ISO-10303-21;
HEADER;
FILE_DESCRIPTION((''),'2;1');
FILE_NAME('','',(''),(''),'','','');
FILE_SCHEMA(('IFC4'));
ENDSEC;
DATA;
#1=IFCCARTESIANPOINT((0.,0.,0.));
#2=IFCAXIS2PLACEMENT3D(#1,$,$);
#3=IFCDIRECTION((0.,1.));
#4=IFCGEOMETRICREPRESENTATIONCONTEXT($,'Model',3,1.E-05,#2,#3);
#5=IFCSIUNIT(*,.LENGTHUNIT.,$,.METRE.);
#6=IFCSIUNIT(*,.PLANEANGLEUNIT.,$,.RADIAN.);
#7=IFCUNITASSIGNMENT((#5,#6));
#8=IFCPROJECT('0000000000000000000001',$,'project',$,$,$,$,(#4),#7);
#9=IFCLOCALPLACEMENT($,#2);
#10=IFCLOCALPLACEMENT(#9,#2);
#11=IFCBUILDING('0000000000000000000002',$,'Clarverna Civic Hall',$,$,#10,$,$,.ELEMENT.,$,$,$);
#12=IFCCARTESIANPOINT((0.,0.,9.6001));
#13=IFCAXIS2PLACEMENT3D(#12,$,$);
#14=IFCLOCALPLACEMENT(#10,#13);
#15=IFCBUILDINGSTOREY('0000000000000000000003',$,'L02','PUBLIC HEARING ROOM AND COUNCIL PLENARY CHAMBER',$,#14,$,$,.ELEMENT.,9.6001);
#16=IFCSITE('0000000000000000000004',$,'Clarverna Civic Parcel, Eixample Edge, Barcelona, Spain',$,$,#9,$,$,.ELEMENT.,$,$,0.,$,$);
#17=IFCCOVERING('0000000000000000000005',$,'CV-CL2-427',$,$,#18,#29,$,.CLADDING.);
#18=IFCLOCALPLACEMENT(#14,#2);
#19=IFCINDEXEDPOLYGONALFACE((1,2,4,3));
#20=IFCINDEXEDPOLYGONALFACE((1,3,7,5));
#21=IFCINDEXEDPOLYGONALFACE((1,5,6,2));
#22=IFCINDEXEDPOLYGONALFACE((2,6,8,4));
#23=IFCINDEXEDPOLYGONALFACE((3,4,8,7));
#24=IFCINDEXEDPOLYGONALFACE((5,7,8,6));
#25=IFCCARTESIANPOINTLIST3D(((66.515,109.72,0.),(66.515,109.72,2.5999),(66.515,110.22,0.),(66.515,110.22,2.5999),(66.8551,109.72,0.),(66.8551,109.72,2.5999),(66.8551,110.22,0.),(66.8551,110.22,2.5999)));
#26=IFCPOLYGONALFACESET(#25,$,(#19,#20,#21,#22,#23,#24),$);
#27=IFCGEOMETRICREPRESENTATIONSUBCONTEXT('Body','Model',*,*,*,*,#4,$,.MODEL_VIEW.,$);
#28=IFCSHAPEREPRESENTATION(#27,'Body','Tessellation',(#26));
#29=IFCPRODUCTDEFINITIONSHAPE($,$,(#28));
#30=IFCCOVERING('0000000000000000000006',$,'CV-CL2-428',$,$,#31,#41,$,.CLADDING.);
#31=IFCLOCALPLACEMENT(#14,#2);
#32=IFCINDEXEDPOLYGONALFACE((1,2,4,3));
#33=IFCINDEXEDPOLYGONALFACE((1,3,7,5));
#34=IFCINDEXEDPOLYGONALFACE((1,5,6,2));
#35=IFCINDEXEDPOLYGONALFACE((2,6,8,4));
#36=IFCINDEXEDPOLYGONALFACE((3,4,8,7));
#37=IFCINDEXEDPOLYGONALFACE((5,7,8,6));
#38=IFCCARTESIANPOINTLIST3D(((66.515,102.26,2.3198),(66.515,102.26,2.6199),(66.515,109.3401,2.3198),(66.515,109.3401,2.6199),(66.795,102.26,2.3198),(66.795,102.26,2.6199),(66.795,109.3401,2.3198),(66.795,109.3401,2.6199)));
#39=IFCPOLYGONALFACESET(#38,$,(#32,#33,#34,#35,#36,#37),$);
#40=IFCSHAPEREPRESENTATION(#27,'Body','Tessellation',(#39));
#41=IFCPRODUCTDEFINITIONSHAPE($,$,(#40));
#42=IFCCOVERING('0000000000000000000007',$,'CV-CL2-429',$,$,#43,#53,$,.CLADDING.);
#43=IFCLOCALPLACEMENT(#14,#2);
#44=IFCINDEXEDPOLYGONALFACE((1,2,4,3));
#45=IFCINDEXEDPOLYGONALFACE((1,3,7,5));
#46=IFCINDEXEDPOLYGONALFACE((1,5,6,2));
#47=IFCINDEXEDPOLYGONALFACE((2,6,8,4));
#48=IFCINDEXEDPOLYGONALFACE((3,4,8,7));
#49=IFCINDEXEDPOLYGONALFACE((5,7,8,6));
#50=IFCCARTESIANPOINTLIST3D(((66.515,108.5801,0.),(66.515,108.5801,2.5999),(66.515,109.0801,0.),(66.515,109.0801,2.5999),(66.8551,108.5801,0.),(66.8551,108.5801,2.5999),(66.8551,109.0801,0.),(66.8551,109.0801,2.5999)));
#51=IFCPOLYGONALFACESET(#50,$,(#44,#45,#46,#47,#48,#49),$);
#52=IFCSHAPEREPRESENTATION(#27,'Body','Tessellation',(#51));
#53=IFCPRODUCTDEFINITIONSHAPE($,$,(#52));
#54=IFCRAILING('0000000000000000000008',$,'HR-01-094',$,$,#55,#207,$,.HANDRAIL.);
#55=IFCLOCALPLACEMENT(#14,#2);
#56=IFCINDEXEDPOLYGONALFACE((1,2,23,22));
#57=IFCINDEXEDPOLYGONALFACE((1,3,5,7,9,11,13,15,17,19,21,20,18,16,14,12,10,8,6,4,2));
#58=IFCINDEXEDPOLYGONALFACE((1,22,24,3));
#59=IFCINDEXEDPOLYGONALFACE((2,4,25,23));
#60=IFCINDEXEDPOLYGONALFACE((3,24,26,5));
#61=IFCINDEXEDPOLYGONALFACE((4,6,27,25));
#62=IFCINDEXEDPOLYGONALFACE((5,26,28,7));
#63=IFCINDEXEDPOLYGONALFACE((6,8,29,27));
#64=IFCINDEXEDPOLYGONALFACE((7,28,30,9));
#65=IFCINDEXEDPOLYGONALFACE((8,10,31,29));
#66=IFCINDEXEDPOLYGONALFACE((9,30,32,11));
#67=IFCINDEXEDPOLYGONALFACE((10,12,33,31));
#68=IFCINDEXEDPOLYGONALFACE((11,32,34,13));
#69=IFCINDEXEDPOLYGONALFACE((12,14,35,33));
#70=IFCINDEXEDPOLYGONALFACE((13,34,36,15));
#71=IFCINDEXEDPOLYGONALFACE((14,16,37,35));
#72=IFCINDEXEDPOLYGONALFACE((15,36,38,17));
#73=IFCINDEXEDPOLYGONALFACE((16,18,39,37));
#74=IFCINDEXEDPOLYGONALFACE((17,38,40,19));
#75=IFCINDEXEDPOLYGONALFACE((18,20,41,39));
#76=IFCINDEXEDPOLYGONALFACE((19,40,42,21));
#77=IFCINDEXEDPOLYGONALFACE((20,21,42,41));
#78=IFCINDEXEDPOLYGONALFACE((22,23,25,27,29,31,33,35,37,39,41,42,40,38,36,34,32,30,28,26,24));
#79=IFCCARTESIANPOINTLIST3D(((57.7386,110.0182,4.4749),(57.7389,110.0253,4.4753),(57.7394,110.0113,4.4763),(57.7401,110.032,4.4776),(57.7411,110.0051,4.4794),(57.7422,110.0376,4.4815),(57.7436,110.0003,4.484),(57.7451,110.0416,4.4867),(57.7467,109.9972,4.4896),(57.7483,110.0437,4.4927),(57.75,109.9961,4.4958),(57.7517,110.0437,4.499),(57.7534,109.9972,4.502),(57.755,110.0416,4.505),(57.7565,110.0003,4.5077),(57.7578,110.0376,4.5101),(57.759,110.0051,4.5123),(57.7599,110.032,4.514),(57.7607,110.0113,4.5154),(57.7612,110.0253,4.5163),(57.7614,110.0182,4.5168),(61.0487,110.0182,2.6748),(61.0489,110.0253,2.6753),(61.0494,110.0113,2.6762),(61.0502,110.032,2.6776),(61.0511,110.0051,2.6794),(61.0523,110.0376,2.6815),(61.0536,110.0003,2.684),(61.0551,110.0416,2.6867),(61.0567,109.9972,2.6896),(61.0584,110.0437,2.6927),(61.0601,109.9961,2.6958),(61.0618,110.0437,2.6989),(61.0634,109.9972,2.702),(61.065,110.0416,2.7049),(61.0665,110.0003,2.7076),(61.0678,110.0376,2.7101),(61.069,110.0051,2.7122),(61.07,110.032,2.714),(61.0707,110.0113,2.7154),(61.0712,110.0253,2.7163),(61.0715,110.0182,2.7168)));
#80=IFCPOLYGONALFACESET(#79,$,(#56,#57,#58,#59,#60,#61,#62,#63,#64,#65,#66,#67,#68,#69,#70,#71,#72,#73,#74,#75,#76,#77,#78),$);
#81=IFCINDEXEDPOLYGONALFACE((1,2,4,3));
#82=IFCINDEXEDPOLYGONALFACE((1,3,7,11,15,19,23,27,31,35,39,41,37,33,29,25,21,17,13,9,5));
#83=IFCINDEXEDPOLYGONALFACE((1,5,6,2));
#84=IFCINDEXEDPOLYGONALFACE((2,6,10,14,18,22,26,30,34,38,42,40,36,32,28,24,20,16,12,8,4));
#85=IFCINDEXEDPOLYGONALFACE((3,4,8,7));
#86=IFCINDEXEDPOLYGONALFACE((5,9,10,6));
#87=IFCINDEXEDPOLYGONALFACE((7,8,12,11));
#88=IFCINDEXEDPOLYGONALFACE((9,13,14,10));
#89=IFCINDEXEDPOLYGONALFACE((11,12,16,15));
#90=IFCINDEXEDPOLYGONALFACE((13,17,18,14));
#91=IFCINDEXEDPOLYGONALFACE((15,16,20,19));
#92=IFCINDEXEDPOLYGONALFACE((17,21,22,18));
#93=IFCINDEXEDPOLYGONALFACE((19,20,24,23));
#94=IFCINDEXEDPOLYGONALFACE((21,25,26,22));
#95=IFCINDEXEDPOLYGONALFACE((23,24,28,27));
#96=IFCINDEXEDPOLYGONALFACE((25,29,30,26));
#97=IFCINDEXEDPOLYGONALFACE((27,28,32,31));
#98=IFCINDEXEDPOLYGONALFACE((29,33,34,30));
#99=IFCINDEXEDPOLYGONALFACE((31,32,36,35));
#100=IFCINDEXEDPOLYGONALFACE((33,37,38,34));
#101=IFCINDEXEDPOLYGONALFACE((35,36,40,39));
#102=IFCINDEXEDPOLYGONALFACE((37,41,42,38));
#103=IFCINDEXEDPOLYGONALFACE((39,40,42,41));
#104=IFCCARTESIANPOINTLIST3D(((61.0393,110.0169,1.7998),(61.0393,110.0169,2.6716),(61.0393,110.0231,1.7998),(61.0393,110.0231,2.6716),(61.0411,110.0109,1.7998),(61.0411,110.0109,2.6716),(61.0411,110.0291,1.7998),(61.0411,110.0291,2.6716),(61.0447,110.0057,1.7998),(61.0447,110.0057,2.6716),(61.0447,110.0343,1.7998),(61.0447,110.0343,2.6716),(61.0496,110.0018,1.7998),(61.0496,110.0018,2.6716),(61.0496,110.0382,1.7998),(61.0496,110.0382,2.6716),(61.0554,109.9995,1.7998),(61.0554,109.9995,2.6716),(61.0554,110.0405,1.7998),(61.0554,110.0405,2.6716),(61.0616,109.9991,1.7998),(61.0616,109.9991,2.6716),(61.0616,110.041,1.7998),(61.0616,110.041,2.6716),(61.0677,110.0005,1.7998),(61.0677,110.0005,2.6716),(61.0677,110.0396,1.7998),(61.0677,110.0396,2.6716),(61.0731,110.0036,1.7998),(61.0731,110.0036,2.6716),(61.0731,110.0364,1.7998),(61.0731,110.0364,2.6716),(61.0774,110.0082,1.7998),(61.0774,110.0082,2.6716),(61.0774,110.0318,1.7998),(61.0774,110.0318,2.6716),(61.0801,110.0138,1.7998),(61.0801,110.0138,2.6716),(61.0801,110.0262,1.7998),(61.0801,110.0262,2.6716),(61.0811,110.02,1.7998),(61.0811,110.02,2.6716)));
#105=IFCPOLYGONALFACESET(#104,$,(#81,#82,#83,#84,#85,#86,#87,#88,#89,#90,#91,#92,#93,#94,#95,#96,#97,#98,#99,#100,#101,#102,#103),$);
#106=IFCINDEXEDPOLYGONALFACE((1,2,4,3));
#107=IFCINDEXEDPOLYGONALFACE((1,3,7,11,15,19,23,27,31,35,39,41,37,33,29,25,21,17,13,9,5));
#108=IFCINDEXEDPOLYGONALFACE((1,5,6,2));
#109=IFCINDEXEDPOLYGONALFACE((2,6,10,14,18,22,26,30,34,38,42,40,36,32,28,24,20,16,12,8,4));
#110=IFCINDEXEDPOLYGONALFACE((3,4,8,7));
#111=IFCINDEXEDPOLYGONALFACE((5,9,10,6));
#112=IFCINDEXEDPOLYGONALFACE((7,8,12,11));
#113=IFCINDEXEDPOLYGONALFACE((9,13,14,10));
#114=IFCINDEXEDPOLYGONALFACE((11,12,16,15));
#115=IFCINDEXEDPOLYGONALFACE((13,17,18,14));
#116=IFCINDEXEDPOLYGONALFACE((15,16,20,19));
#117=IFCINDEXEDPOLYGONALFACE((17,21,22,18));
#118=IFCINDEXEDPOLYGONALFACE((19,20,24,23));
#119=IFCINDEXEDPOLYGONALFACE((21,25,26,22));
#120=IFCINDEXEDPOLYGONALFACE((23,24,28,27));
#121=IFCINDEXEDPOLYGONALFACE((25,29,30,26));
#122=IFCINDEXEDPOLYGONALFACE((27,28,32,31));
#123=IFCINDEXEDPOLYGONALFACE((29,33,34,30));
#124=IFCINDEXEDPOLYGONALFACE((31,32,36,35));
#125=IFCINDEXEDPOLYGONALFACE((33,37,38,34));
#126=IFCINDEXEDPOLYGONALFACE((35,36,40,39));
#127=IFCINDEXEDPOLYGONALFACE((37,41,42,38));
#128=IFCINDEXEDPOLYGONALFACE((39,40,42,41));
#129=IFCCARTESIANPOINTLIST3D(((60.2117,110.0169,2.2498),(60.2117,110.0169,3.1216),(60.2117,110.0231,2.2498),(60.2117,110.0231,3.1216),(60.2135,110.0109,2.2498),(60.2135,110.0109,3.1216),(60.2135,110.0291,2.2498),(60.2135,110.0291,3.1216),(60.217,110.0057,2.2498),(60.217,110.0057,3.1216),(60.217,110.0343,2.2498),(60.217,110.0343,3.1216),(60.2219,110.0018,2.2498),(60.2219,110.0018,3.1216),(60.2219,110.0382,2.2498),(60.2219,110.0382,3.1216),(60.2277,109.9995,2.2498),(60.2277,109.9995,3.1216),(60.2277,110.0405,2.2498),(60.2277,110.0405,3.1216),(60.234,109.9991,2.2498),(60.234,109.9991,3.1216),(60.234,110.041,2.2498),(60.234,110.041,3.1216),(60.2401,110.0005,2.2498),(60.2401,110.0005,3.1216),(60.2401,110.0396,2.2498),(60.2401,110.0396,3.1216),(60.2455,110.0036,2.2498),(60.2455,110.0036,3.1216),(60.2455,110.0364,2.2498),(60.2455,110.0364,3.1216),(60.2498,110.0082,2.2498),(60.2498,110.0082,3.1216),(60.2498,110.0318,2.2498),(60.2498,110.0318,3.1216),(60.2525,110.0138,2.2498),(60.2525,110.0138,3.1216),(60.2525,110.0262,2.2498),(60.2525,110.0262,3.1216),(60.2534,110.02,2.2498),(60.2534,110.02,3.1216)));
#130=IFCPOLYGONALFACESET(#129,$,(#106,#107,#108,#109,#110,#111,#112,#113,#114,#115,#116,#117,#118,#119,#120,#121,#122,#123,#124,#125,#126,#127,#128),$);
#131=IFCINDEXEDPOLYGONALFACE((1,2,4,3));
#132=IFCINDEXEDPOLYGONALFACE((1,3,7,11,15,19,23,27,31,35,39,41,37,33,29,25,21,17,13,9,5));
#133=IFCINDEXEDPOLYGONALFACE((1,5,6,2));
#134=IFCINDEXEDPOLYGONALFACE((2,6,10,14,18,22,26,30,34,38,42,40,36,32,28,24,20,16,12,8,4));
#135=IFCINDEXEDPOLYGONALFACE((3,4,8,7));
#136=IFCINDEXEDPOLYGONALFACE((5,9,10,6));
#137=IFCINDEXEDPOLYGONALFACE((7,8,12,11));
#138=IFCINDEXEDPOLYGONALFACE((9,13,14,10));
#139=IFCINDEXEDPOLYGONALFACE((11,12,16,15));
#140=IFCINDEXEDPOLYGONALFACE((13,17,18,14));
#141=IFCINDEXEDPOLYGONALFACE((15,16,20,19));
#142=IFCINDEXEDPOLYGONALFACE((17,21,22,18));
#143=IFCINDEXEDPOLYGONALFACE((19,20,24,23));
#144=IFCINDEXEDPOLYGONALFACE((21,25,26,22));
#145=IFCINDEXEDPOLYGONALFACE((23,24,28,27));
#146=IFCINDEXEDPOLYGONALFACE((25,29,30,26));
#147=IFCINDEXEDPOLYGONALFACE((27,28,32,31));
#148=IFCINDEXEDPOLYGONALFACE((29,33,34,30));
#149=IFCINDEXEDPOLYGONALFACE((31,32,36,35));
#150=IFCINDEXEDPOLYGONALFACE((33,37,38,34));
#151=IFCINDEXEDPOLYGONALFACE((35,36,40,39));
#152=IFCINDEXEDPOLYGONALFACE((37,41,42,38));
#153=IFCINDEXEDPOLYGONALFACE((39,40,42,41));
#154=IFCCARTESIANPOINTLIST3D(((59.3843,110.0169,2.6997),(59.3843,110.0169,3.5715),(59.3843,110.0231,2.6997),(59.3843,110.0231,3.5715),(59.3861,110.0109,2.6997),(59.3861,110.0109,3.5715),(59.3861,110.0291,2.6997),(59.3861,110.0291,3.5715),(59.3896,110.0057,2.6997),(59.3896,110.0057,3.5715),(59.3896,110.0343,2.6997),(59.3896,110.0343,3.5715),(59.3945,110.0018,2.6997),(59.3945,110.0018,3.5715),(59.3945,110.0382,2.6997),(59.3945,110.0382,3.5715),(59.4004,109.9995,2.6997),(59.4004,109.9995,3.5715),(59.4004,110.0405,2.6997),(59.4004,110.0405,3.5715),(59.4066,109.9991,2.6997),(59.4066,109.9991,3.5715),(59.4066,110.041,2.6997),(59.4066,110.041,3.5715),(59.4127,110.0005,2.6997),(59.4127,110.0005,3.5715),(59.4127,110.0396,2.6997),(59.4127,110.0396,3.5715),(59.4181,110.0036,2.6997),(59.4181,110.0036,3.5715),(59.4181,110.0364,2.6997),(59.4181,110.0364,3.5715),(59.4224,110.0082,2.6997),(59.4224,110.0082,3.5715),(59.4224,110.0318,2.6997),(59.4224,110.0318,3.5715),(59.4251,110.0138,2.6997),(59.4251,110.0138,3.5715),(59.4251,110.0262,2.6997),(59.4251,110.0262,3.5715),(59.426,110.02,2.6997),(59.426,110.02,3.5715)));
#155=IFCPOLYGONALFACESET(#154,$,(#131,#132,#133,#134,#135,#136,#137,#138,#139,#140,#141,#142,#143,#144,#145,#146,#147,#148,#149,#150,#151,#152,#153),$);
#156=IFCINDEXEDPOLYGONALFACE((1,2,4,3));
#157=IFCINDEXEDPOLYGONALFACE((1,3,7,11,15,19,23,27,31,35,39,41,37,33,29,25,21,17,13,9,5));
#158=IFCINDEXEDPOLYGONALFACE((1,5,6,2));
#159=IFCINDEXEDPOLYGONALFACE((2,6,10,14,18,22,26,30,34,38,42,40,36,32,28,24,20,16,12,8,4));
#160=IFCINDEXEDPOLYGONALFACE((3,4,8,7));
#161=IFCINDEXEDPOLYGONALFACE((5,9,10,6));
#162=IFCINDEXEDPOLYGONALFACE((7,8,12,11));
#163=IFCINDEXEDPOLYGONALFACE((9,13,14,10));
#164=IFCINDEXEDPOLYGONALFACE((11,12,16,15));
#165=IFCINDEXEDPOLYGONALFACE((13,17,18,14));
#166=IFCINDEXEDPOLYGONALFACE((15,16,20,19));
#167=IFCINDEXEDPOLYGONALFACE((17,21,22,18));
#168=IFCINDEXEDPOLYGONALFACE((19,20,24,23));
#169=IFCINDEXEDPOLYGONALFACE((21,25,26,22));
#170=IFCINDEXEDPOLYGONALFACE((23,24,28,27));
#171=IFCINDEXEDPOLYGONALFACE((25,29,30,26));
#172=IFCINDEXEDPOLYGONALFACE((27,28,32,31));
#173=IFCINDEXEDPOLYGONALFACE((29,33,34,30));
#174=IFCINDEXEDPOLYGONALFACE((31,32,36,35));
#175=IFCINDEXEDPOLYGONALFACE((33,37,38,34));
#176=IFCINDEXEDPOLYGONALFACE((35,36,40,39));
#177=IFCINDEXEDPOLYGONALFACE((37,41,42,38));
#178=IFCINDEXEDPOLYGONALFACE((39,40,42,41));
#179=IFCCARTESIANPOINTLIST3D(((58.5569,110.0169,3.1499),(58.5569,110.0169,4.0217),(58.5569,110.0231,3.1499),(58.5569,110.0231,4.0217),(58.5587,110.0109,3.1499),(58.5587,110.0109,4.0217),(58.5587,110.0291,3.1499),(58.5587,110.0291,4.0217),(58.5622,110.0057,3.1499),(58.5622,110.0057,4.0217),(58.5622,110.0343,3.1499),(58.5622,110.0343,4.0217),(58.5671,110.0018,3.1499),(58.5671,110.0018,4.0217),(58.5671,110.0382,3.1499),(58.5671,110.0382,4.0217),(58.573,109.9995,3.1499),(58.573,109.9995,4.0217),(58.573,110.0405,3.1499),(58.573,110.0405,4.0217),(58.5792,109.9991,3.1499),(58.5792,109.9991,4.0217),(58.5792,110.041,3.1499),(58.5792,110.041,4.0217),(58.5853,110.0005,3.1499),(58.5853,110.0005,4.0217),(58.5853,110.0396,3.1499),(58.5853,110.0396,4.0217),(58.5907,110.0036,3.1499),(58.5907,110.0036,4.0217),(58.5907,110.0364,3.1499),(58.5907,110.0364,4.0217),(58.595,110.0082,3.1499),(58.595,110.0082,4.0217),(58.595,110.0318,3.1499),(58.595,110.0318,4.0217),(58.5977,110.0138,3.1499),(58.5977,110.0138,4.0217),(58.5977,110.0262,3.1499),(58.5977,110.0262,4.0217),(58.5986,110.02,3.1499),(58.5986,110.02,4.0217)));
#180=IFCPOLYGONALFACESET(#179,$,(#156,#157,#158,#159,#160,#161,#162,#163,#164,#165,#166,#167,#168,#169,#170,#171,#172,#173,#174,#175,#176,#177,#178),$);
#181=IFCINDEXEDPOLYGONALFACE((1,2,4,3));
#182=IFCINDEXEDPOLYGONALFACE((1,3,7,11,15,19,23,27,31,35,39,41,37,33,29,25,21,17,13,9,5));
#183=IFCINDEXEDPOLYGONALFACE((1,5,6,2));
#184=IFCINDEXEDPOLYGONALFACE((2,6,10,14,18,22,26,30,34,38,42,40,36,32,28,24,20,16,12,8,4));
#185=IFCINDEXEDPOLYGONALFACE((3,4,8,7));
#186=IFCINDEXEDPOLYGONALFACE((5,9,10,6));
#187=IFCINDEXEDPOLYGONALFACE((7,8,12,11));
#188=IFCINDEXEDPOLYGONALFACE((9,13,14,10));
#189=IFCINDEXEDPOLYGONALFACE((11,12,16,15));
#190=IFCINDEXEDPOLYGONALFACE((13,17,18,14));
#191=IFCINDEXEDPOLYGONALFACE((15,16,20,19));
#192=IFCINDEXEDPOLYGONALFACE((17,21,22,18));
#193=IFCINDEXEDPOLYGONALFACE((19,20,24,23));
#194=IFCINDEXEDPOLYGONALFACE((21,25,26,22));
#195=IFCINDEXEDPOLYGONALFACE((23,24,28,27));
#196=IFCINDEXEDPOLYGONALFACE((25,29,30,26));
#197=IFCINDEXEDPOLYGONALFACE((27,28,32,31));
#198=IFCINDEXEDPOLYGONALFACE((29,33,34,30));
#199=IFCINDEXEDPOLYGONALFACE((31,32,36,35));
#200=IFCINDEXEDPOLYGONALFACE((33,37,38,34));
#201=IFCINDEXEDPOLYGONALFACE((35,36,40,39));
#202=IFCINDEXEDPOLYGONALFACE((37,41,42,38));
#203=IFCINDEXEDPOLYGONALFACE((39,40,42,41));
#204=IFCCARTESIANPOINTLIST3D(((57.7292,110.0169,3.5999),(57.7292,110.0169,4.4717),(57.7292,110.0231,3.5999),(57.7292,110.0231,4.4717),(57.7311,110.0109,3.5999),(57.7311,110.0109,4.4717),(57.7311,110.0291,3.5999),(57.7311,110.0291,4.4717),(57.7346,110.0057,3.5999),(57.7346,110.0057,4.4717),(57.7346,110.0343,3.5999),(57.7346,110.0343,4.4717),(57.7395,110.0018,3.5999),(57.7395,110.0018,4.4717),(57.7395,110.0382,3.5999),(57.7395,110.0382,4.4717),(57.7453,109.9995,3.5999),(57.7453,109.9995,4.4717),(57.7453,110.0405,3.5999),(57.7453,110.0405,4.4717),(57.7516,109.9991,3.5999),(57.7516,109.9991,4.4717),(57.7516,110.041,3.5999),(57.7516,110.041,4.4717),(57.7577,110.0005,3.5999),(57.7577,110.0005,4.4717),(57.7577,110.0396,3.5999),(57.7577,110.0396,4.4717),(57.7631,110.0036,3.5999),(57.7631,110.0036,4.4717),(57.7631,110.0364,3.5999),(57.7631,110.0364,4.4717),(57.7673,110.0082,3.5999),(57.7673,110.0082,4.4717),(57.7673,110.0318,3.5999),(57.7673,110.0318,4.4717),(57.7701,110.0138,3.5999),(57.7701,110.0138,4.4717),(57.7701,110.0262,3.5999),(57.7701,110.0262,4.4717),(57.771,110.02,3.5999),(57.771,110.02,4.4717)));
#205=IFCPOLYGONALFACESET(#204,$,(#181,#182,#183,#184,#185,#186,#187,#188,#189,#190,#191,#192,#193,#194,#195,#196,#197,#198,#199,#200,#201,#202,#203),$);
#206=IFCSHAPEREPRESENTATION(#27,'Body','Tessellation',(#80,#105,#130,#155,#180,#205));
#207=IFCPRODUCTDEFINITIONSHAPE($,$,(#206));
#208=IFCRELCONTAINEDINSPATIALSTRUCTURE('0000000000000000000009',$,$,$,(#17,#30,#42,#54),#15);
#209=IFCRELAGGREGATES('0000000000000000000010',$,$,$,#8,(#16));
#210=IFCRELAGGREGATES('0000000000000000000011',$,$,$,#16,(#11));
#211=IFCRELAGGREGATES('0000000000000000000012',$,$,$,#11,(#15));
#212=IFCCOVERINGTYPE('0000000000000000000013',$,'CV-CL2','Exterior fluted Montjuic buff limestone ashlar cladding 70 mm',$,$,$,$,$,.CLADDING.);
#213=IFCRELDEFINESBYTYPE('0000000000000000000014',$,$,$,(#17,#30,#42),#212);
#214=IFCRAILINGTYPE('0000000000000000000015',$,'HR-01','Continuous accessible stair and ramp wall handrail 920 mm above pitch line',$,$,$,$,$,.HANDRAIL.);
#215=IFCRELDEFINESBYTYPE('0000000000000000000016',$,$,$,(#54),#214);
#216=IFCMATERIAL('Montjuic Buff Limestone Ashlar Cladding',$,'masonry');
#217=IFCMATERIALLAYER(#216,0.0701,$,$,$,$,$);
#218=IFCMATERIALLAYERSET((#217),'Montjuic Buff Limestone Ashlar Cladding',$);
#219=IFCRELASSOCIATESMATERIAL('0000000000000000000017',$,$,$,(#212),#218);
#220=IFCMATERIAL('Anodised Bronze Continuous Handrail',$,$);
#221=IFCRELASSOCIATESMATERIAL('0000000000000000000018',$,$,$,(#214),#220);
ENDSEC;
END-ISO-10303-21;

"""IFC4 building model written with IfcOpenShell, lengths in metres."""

from ifc_helpers import new_model, si_unit, direction, frame, frame_2d, origin, origin_2d, place, context, subcontext, project, spatial, rectangle, circle, extrude, material, layer, layer_set, type_object, element, save


model = new_model("IFC4")

# Units and contexts
model_context = context("Model", 3, precision=1e-05, world=origin(), true_north=direction((0.0, 1.0)))
body_context = subcontext(model_context, "Body", "Model", "MODEL_VIEW")
ifc_project = project(units=[si_unit("LENGTHUNIT", "METRE"), si_unit("PLANEANGLEUNIT", "RADIAN")], contexts=[model_context])

# Site, building, storey
site_placement = place(None, origin())
site = spatial("IfcSite", under=ifc_project, at=site_placement, Name="Clarverna Civic Parcel, Eixample Edge, Barcelona, Spain", CompositionType="ELEMENT", RefElevation=0.0)
building_placement = place(site_placement, origin())
building = spatial("IfcBuilding", under=site, at=building_placement, Name="Clarverna Civic Hall", CompositionType="ELEMENT")
storey_placement = place(building_placement, frame((0.0, 0.0, 9.6001)))
storey = spatial("IfcBuildingStorey", under=building, at=storey_placement, Name="L02", Description="PUBLIC HEARING ROOM AND COUNCIL PLENARY CHAMBER", CompositionType="ELEMENT", Elevation=9.6001)

# Coverings
ifc_material_1 = material(Name="Montjuic Buff Limestone Ashlar Cladding", Category="masonry")
ifc_layer_1 = layer(ifc_material_1, 0.0701)
ifc_layer_set_1 = layer_set([ifc_layer_1], Name="Montjuic Buff Limestone Ashlar Cladding")
covering_type = type_object("IfcCoveringType", Name="CV-CL2", Description="Exterior fluted Montjuic buff limestone ashlar cladding 70 mm", PredefinedType="CLADDING", material=ifc_layer_set_1)
for number, where, z_axis, x_axis, name in (
    (1, (66.6851, 110.22, 0.0), (0.0, 0.0, 1.0), (0.0, -1.0, 0.0), "CV-CL2-427"),
):
    element("IfcCovering", number, at=place(storey_placement, frame(where, z_axis=z_axis, x_axis=x_axis)), inside=storey, type_object=covering_type, Name=name, PredefinedType="CLADDING", context=body_context, shape_type="SweptSolid", body=[
        extrude(rectangle(XDim=0.5, YDim=0.3401, at=frame_2d((0.25, 0.0))), origin(), (0.0, 0.0, 1.0), 2.5999),
    ])
covering_1_placement = place(storey_placement, frame((66.655, 109.3401, 2.3198), z_axis=(0.0, 0.0, 1.0), x_axis=(0.0, -1.0, 0.0)))
element("IfcCovering", 2, at=covering_1_placement, inside=storey, type_object=covering_type, Name="CV-CL2-428", PredefinedType="CLADDING", context=body_context, shape_type="SweptSolid", body=[
    extrude(rectangle(XDim=7.0801, YDim=0.28, at=frame_2d((3.54, 0.0))), origin(), (0.0, 0.0, 1.0), 0.3),
])
covering_2_placement = place(storey_placement, frame((66.6851, 109.0801, 0.0), z_axis=(0.0, 0.0, 1.0), x_axis=(0.0, -1.0, 0.0)))
element("IfcCovering", 3, at=covering_2_placement, inside=storey, type_object=covering_type, Name="CV-CL2-429", PredefinedType="CLADDING", context=body_context, shape_type="SweptSolid", body=[
    extrude(rectangle(XDim=0.5, YDim=0.3401, at=frame_2d((0.25, 0.0))), origin(), (0.0, 0.0, 1.0), 2.5999),
])

# Railing
ifc_material_2 = material(Name="Anodised Bronze Continuous Handrail")
railing_type = type_object("IfcRailingType", Name="HR-01", Description="Continuous accessible stair and ramp wall handrail 920 mm above pitch line", PredefinedType="HANDRAIL", material=ifc_material_2)
railing_placement = place(storey_placement, frame((61.0601, 110.02, 1.7998)))
element("IfcRailing", 4, at=railing_placement, inside=storey, type_object=railing_type, Name="HR-01-094", PredefinedType="HANDRAIL", context=body_context, shape_type="SweptSolid", body=[
    extrude(circle(Radius=0.0239, at=origin_2d()), frame((0.0, 0.0, 0.896), z_axis=(-0.878502, 0.0, 0.477739), x_axis=(0.0, -1.0, 0.0)), (0.0, 0.0, 1.0), 3.7678),
    extrude(circle(Radius=0.021, at=origin_2d()), origin(), (0.0, 0.0, 1.0), 0.8718),
    extrude(circle(Radius=0.021, at=origin_2d()), frame((-0.8276, 0.0, 0.45)), (0.0, 0.0, 1.0), 0.8718),
    extrude(circle(Radius=0.021, at=origin_2d()), frame((-1.655, 0.0, 0.8999)), (0.0, 0.0, 1.0), 0.8718),
    extrude(circle(Radius=0.021, at=origin_2d()), frame((-2.4824, 0.0, 1.3501)), (0.0, 0.0, 1.0), 0.8718),
    extrude(circle(Radius=0.021, at=origin_2d()), frame((-3.3101, 0.0, 1.8)), (0.0, 0.0, 1.0), 0.8718),
])

save(model, "model.ifc")
